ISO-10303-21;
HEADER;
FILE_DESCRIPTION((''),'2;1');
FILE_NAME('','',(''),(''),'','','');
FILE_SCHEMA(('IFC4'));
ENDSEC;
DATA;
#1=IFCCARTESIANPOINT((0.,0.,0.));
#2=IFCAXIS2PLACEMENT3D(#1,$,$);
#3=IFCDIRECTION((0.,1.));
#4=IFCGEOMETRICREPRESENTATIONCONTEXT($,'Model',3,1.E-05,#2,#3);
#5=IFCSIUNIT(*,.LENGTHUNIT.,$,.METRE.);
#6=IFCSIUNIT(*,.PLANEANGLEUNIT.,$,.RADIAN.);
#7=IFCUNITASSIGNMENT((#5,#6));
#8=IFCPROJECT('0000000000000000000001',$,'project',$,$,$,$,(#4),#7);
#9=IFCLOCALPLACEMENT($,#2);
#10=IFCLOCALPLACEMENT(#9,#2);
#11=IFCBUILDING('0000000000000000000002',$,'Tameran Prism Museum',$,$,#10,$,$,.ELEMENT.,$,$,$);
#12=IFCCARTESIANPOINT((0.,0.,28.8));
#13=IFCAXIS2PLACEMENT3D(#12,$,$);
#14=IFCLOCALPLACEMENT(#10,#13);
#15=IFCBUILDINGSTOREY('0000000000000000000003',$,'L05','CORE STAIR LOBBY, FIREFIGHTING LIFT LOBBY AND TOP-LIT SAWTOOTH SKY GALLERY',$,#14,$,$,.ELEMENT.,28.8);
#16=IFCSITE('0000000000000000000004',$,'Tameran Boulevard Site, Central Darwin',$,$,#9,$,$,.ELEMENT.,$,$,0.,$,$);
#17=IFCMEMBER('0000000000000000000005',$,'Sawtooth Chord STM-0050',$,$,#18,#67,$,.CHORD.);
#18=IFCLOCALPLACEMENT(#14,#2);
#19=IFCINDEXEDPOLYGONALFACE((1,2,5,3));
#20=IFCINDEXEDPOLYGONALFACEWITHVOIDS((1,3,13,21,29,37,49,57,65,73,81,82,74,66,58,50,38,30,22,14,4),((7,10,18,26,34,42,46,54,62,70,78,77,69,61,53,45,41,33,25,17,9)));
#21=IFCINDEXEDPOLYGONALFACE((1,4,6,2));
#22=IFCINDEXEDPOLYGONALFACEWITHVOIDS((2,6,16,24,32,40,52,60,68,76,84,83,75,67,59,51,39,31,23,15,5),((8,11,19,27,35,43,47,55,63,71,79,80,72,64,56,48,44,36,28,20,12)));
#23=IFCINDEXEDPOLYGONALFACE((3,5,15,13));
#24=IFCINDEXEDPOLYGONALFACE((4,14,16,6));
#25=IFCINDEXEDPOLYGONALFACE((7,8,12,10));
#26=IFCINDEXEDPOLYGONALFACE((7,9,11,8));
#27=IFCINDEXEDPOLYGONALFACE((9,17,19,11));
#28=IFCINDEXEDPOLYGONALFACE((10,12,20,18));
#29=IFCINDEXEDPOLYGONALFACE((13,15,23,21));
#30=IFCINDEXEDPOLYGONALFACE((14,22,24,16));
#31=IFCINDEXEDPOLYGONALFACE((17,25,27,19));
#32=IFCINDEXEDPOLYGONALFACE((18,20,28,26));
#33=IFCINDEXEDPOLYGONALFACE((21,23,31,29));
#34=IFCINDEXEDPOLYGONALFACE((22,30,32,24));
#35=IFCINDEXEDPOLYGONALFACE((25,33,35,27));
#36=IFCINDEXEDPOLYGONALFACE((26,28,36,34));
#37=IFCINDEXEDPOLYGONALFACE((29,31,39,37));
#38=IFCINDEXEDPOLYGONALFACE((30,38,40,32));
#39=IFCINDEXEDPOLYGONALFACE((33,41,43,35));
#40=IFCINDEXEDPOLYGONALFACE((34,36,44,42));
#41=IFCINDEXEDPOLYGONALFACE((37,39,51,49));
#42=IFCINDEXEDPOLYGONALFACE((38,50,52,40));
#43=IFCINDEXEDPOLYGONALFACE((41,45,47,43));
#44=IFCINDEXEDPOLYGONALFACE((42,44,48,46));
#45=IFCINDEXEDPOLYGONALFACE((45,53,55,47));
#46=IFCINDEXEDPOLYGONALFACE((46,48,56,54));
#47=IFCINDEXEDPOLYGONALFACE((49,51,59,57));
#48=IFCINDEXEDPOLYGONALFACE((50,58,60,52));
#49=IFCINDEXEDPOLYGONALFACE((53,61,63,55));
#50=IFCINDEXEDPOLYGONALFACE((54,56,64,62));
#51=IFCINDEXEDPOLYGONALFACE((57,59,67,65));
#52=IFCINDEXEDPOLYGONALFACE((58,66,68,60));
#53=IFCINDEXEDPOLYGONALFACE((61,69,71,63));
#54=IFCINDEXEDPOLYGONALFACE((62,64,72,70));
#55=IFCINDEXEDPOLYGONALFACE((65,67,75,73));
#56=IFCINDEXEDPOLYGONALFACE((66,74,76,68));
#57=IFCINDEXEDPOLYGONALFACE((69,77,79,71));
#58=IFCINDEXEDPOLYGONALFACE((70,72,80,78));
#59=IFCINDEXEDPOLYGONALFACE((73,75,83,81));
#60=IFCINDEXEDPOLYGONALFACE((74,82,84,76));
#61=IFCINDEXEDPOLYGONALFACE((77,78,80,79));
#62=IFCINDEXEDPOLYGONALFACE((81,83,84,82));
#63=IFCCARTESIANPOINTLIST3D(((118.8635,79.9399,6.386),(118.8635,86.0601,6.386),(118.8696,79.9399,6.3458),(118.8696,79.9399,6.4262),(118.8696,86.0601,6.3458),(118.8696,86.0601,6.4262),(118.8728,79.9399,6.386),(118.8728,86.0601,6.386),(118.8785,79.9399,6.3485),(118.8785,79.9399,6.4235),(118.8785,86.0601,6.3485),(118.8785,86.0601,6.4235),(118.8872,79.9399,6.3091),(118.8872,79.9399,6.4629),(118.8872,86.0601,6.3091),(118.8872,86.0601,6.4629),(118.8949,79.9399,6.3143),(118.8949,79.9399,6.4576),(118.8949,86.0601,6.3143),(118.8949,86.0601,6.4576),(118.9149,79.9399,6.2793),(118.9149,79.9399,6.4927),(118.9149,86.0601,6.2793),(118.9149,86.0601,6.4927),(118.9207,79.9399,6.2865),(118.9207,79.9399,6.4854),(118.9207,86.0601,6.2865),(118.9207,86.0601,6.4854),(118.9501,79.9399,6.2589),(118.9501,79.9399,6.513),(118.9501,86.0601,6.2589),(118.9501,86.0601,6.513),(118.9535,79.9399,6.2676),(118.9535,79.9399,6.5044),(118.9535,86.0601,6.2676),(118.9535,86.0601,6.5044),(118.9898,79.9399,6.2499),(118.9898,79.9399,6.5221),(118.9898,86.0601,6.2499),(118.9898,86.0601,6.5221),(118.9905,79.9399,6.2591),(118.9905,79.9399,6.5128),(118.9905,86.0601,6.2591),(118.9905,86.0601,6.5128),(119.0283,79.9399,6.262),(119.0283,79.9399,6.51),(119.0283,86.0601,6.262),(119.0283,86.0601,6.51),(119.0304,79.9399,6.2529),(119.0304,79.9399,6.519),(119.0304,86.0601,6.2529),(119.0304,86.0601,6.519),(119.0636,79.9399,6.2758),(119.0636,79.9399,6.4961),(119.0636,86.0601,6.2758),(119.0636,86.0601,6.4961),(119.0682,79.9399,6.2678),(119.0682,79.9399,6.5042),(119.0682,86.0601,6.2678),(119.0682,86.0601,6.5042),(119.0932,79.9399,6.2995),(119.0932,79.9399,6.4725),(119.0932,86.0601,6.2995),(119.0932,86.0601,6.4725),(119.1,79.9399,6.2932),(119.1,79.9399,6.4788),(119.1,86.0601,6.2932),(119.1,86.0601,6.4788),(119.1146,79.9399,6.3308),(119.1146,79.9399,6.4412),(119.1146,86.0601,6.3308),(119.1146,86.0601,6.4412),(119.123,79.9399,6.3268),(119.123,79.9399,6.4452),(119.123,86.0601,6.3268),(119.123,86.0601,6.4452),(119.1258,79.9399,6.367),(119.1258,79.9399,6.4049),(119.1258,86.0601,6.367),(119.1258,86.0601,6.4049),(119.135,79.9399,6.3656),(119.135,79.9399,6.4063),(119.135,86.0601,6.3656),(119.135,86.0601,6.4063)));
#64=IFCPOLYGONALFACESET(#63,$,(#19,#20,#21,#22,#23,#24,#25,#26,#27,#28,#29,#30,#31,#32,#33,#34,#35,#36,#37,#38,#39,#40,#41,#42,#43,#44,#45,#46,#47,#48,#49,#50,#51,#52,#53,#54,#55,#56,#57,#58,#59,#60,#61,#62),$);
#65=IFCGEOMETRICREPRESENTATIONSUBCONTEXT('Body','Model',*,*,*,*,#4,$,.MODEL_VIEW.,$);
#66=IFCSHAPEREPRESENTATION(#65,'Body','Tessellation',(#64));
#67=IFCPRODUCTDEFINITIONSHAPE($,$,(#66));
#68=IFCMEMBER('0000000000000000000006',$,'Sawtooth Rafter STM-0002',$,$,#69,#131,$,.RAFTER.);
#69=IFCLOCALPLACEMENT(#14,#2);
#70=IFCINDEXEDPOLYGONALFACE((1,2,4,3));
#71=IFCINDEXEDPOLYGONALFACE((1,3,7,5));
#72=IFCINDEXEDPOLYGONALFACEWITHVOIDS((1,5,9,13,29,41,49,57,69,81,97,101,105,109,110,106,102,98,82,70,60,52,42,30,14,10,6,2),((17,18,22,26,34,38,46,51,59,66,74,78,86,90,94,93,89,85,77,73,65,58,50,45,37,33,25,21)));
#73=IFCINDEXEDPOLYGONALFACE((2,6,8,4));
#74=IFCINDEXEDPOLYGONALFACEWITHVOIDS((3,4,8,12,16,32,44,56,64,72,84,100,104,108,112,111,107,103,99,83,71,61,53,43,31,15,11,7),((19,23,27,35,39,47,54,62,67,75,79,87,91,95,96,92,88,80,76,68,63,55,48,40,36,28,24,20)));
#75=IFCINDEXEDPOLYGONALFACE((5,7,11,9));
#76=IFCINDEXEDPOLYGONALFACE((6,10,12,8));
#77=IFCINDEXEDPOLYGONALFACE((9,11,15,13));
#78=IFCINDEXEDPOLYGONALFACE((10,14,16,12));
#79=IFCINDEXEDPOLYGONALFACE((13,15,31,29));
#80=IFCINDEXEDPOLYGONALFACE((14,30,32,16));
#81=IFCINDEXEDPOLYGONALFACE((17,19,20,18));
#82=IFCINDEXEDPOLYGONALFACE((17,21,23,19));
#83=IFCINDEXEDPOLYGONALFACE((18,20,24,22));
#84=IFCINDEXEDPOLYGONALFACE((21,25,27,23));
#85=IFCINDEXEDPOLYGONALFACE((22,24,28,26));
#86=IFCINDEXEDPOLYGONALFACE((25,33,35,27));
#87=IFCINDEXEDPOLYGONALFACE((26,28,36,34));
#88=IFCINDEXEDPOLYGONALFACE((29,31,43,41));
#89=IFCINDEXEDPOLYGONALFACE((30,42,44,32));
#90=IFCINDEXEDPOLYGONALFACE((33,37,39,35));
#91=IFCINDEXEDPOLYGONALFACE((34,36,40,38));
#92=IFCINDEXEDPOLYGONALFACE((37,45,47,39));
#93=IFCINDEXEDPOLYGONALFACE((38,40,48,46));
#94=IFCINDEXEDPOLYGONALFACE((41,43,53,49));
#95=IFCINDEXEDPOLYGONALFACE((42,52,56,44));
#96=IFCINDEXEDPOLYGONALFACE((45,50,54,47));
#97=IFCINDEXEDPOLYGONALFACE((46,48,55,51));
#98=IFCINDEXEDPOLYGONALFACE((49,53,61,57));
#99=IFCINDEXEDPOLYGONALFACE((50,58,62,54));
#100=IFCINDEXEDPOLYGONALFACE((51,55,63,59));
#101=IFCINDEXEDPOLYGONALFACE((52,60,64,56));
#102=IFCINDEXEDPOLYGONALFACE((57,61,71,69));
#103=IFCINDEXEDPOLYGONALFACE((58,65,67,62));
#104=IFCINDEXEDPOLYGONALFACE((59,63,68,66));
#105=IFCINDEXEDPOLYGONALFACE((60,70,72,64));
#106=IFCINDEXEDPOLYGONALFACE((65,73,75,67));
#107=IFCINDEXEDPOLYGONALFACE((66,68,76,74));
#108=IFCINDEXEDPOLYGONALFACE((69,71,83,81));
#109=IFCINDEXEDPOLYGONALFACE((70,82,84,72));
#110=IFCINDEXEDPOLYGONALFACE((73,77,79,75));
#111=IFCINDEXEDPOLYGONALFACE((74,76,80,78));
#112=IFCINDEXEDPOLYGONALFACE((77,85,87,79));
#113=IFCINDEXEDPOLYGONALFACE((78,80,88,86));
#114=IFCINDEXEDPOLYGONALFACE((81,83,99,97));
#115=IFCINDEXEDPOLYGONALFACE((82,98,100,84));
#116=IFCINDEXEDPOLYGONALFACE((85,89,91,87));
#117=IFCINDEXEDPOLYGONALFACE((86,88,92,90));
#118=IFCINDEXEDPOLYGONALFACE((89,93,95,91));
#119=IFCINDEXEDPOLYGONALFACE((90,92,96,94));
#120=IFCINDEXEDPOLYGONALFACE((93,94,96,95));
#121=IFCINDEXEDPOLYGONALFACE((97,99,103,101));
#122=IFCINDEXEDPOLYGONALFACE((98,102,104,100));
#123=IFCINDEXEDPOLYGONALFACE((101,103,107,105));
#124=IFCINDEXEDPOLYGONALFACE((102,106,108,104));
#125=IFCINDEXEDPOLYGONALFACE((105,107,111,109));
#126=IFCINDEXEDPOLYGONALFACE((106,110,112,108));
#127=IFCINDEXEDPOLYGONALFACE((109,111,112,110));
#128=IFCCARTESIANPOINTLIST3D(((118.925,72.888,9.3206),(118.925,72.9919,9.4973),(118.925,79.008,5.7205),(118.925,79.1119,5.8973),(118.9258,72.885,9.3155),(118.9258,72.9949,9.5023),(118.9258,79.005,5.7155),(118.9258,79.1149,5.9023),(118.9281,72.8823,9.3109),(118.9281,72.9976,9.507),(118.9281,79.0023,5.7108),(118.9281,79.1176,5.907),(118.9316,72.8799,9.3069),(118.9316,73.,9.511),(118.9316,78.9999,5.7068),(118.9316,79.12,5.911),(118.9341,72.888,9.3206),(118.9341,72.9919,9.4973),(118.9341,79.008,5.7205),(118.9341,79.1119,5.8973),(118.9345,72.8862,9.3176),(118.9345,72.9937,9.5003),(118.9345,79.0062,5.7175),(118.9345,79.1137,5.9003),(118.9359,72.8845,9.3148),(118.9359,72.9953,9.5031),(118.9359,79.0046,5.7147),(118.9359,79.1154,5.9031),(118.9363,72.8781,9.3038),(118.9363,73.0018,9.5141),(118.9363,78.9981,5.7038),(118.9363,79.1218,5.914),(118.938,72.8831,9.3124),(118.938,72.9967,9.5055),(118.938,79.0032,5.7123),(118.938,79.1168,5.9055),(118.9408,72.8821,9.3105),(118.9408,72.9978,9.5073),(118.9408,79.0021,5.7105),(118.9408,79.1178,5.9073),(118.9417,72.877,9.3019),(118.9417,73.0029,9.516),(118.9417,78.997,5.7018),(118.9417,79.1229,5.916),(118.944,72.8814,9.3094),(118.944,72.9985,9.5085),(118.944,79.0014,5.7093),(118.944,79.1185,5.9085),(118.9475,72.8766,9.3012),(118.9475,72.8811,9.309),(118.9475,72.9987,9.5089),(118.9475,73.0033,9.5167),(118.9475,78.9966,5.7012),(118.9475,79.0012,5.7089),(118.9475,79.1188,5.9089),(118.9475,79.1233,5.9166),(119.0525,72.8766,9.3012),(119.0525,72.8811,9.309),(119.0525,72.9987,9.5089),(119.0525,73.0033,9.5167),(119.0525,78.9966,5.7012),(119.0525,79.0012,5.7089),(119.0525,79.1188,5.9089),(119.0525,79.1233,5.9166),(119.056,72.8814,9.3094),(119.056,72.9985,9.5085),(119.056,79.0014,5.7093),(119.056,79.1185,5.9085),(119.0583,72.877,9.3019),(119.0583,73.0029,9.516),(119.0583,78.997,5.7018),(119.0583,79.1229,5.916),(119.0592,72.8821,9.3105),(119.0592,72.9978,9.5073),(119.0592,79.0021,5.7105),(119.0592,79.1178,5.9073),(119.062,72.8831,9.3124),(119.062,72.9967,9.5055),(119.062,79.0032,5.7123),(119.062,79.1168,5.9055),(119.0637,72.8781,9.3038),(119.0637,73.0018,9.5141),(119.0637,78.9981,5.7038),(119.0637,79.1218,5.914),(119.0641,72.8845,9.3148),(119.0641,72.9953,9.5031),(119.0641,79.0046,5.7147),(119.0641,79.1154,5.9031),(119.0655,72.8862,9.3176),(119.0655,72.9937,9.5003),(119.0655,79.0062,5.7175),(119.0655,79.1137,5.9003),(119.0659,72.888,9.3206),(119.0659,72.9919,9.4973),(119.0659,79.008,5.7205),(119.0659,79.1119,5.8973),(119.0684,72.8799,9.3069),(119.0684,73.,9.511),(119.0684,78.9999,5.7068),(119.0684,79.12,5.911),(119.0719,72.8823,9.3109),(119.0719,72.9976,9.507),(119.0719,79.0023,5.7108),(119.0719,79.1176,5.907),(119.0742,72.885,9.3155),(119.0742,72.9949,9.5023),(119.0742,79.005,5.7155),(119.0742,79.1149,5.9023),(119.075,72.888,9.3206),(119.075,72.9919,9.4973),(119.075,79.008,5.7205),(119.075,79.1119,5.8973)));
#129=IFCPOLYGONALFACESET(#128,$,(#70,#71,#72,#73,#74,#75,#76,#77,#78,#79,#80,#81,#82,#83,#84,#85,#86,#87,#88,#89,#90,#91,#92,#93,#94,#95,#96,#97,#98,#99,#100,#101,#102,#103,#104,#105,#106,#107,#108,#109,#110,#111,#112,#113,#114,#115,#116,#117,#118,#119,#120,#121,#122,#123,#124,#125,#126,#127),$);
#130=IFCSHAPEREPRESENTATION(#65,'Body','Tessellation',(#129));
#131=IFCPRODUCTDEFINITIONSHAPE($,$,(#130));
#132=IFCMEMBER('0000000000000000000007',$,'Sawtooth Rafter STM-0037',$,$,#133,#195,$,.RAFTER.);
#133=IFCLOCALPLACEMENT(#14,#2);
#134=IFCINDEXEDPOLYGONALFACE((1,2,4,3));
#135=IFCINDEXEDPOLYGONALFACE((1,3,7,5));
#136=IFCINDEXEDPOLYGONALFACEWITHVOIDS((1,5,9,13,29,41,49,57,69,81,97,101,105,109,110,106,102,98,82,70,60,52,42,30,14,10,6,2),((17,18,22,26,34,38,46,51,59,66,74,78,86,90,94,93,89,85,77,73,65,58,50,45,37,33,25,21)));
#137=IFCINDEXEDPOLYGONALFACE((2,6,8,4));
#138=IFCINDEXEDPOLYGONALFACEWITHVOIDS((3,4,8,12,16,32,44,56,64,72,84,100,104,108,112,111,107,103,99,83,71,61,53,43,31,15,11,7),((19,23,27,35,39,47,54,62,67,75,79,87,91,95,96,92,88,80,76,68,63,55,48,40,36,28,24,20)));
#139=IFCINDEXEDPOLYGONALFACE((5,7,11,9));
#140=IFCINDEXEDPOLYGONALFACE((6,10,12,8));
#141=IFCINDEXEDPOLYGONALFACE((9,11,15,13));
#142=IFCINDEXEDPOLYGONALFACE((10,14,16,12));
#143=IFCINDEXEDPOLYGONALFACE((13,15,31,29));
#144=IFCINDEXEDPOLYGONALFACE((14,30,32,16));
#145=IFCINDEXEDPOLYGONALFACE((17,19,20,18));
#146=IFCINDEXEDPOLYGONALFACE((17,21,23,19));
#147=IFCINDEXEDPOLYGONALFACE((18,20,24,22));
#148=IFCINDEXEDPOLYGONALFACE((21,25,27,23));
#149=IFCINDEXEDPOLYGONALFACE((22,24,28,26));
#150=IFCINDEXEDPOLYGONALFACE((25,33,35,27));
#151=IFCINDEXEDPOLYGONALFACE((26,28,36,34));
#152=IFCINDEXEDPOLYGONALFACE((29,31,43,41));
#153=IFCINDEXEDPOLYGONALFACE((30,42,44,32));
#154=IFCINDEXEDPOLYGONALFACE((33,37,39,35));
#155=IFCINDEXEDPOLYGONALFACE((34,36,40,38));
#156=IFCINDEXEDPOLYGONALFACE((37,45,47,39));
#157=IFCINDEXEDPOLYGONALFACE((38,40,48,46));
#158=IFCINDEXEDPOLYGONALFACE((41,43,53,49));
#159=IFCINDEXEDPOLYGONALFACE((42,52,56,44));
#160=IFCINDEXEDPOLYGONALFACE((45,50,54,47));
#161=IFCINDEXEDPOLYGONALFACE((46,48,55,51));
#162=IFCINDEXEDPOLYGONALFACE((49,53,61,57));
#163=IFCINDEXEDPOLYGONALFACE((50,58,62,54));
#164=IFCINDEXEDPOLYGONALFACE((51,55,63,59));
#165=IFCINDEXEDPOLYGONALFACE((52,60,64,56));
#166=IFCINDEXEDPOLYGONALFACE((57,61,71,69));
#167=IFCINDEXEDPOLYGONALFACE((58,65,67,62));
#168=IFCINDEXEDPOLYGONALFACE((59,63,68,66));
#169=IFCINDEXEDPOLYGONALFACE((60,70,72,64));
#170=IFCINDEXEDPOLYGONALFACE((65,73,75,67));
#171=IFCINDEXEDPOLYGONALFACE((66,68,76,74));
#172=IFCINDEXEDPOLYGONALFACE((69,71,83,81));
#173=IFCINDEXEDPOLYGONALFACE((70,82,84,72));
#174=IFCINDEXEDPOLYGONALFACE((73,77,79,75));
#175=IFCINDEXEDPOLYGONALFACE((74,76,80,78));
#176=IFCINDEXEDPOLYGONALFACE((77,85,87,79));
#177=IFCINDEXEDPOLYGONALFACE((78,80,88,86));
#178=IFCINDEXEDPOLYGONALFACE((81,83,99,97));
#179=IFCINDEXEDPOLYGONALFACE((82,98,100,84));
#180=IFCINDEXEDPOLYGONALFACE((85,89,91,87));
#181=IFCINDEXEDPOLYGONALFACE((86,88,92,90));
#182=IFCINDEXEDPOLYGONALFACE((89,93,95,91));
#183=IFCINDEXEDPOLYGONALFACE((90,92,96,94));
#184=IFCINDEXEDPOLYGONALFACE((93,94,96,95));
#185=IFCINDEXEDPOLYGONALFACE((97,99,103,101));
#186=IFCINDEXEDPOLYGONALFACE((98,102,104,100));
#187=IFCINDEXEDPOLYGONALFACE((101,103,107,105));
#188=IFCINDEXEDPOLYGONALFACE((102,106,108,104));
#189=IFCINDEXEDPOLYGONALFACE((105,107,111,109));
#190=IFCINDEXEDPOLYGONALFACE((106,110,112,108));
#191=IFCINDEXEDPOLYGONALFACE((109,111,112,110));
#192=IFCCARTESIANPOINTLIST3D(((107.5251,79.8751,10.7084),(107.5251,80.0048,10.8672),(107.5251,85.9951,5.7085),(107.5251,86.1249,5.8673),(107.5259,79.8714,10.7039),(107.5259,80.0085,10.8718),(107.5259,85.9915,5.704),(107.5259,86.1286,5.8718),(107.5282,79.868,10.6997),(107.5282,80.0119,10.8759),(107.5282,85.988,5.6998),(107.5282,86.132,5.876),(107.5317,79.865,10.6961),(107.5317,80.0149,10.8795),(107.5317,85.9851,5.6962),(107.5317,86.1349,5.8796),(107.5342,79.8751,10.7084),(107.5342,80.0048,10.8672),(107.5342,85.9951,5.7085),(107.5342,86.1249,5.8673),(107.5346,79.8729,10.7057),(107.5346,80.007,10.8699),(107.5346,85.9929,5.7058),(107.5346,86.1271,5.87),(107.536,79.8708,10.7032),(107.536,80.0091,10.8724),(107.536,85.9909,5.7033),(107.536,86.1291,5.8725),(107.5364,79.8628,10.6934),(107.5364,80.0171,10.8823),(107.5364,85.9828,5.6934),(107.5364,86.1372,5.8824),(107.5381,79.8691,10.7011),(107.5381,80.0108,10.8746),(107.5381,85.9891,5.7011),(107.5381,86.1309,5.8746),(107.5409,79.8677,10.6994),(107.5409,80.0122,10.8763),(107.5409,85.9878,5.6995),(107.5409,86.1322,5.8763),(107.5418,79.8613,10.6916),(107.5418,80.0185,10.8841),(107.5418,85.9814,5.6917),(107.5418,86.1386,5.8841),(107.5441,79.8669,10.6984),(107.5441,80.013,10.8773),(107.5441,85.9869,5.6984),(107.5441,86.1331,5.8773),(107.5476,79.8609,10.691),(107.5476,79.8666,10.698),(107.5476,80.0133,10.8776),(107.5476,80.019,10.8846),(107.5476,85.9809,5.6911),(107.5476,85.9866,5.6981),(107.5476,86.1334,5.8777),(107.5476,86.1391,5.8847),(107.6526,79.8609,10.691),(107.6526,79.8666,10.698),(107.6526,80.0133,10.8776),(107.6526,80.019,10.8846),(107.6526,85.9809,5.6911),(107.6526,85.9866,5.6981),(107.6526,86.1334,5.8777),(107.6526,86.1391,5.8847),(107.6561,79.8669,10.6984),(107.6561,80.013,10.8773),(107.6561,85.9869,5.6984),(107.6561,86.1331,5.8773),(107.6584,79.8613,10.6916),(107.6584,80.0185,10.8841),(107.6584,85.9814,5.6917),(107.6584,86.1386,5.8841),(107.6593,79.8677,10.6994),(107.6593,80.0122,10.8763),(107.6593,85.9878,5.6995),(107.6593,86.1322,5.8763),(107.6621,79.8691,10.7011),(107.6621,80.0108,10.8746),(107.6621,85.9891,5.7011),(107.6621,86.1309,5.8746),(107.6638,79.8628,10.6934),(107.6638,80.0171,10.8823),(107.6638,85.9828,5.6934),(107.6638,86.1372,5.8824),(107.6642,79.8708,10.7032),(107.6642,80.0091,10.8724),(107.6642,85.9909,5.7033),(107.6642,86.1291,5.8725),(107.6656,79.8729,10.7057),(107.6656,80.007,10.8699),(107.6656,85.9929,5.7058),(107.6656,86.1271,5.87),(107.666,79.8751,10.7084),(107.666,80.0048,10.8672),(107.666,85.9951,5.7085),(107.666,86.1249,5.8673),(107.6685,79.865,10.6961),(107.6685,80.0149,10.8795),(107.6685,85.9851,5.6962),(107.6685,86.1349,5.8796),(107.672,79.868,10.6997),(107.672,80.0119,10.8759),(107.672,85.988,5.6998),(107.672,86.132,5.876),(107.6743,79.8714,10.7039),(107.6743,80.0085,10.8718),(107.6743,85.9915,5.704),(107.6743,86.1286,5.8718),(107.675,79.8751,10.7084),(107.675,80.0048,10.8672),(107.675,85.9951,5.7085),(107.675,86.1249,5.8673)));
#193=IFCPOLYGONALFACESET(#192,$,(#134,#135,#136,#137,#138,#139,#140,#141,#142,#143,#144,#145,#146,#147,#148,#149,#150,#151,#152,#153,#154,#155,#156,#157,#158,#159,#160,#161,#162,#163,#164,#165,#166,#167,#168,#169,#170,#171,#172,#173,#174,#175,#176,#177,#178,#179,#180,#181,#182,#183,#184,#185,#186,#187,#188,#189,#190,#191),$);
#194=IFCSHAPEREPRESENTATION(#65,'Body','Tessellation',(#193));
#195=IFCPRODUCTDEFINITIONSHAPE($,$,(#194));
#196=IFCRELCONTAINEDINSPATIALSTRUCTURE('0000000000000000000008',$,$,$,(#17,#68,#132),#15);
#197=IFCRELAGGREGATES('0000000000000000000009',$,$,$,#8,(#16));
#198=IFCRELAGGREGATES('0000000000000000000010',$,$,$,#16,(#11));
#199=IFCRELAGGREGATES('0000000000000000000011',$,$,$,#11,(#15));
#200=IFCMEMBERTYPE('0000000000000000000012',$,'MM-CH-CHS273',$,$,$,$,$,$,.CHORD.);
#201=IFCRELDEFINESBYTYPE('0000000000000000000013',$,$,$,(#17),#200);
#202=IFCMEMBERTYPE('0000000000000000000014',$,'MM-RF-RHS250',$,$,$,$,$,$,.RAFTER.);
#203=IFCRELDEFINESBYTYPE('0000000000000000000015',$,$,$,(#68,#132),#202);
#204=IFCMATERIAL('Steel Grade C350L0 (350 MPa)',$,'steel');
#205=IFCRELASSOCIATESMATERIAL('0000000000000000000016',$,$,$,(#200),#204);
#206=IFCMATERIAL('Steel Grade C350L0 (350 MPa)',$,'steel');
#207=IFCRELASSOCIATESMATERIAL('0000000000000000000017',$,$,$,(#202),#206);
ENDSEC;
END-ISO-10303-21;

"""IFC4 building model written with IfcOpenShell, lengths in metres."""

from ifc_helpers import new_model, si_unit, direction, frame, origin, origin_2d, place, context, subcontext, project, spatial, hollow_rectangle, hollow_circle, extrude, material, material_profile, profile_set, type_object, element, save


model = new_model("IFC4")

# Units and contexts
model_context = context("Model", 3, precision=1e-05, world=origin(), true_north=direction((0.0, 1.0)))
body_context = subcontext(model_context, "Body", "Model", "MODEL_VIEW")
ifc_project = project(units=[si_unit("LENGTHUNIT", "METRE"), si_unit("PLANEANGLEUNIT", "RADIAN")], contexts=[model_context])

# Site, building, storey
site_placement = place(None, origin())
site = spatial("IfcSite", under=ifc_project, at=site_placement, Name="Tameran Boulevard Site, Central Darwin", CompositionType="ELEMENT", RefElevation=0.0)
building_placement = place(site_placement, origin())
building = spatial("IfcBuilding", under=site, at=building_placement, Name="Tameran Prism Museum", CompositionType="ELEMENT")
storey_placement = place(building_placement, frame((0.0, 0.0, 28.8)))
storey = spatial("IfcBuildingStorey", under=building, at=storey_placement, Name="L05", Description="CORE STAIR LOBBY, FIREFIGHTING LIFT LOBBY AND TOP-LIT SAWTOOTH SKY GALLERY", CompositionType="ELEMENT", Elevation=28.8)

# Members
ifc_material_1 = material(Name="Steel Grade C350L0 (350 MPa)", Category="steel")
ifc_material_profile_1 = material_profile(ifc_material_1, hollow_circle(Radius=0.1365, WallThickness=0.0093, at=origin_2d()))
ifc_profile_set_1 = profile_set([ifc_material_profile_1])
member_type_1 = type_object("IfcMemberType", Name="MM-CH-CHS273", PredefinedType="CHORD", material=ifc_profile_set_1)
for number, where, z_axis, x_axis, name in (
    (1, (119.0, 79.9399, 6.386), (0.0, 1.0, 0.0), (-1.0, 0.0, 0.0), "Sawtooth Chord STM-0050"),
):
    element("IfcMember", number, at=place(storey_placement, frame(where, z_axis=z_axis, x_axis=x_axis)), inside=storey, type_object=member_type_1, Name=name, PredefinedType="CHORD", context=body_context, shape_type="SweptSolid", body=[
        extrude(hollow_circle(Radius=0.1365, WallThickness=0.0093, at=origin_2d()), origin(), (0.0, 0.0, 1.0), 6.1201),
    ])
ifc_material_2 = material(Name="Steel Grade C350L0 (350 MPa)", Category="steel")
ifc_material_profile_2 = material_profile(ifc_material_2, hollow_rectangle(XDim=0.1499, YDim=0.25, WallThickness=0.009, InnerFilletRadius=0.0134, OuterFilletRadius=0.0225, at=origin_2d()))
ifc_profile_set_2 = profile_set([ifc_material_profile_2])
member_type_2 = type_object("IfcMemberType", Name="MM-RF-RHS250", PredefinedType="RAFTER", material=ifc_profile_set_2)
member_1_placement = place(storey_placement, frame((119.0, 72.9399, 9.4089), z_axis=(0.0, 0.861932, -0.507023), x_axis=(-1.0, 0.0, 0.0)))
element("IfcMember", 2, at=member_1_placement, inside=storey, type_object=member_type_2, Name="Sawtooth Rafter STM-0002", PredefinedType="RAFTER", context=body_context, shape_type="SweptSolid", body=[
    extrude(hollow_rectangle(XDim=0.1499, YDim=0.25, WallThickness=0.009, InnerFilletRadius=0.0134, OuterFilletRadius=0.0225, at=origin_2d()), origin(), (0.0, 0.0, 1.0), 7.1003),
])
for number, where, z_axis, x_axis, name in (
    (3, (107.6001, 79.9399, 10.7878), (0.0, 0.774414, -0.632679), (-1.0, 0.0, 0.0), "Sawtooth Rafter STM-0037"),
):
    element("IfcMember", number, at=place(storey_placement, frame(where, z_axis=z_axis, x_axis=x_axis)), inside=storey, type_object=member_type_2, Name=name, PredefinedType="RAFTER", context=body_context, shape_type="SweptSolid", body=[
        extrude(hollow_rectangle(XDim=0.1499, YDim=0.25, WallThickness=0.009, InnerFilletRadius=0.0134, OuterFilletRadius=0.0225, at=origin_2d()), origin(), (0.0, 0.0, 1.0), 7.9028),
    ])

save(model, "model.ifc")
